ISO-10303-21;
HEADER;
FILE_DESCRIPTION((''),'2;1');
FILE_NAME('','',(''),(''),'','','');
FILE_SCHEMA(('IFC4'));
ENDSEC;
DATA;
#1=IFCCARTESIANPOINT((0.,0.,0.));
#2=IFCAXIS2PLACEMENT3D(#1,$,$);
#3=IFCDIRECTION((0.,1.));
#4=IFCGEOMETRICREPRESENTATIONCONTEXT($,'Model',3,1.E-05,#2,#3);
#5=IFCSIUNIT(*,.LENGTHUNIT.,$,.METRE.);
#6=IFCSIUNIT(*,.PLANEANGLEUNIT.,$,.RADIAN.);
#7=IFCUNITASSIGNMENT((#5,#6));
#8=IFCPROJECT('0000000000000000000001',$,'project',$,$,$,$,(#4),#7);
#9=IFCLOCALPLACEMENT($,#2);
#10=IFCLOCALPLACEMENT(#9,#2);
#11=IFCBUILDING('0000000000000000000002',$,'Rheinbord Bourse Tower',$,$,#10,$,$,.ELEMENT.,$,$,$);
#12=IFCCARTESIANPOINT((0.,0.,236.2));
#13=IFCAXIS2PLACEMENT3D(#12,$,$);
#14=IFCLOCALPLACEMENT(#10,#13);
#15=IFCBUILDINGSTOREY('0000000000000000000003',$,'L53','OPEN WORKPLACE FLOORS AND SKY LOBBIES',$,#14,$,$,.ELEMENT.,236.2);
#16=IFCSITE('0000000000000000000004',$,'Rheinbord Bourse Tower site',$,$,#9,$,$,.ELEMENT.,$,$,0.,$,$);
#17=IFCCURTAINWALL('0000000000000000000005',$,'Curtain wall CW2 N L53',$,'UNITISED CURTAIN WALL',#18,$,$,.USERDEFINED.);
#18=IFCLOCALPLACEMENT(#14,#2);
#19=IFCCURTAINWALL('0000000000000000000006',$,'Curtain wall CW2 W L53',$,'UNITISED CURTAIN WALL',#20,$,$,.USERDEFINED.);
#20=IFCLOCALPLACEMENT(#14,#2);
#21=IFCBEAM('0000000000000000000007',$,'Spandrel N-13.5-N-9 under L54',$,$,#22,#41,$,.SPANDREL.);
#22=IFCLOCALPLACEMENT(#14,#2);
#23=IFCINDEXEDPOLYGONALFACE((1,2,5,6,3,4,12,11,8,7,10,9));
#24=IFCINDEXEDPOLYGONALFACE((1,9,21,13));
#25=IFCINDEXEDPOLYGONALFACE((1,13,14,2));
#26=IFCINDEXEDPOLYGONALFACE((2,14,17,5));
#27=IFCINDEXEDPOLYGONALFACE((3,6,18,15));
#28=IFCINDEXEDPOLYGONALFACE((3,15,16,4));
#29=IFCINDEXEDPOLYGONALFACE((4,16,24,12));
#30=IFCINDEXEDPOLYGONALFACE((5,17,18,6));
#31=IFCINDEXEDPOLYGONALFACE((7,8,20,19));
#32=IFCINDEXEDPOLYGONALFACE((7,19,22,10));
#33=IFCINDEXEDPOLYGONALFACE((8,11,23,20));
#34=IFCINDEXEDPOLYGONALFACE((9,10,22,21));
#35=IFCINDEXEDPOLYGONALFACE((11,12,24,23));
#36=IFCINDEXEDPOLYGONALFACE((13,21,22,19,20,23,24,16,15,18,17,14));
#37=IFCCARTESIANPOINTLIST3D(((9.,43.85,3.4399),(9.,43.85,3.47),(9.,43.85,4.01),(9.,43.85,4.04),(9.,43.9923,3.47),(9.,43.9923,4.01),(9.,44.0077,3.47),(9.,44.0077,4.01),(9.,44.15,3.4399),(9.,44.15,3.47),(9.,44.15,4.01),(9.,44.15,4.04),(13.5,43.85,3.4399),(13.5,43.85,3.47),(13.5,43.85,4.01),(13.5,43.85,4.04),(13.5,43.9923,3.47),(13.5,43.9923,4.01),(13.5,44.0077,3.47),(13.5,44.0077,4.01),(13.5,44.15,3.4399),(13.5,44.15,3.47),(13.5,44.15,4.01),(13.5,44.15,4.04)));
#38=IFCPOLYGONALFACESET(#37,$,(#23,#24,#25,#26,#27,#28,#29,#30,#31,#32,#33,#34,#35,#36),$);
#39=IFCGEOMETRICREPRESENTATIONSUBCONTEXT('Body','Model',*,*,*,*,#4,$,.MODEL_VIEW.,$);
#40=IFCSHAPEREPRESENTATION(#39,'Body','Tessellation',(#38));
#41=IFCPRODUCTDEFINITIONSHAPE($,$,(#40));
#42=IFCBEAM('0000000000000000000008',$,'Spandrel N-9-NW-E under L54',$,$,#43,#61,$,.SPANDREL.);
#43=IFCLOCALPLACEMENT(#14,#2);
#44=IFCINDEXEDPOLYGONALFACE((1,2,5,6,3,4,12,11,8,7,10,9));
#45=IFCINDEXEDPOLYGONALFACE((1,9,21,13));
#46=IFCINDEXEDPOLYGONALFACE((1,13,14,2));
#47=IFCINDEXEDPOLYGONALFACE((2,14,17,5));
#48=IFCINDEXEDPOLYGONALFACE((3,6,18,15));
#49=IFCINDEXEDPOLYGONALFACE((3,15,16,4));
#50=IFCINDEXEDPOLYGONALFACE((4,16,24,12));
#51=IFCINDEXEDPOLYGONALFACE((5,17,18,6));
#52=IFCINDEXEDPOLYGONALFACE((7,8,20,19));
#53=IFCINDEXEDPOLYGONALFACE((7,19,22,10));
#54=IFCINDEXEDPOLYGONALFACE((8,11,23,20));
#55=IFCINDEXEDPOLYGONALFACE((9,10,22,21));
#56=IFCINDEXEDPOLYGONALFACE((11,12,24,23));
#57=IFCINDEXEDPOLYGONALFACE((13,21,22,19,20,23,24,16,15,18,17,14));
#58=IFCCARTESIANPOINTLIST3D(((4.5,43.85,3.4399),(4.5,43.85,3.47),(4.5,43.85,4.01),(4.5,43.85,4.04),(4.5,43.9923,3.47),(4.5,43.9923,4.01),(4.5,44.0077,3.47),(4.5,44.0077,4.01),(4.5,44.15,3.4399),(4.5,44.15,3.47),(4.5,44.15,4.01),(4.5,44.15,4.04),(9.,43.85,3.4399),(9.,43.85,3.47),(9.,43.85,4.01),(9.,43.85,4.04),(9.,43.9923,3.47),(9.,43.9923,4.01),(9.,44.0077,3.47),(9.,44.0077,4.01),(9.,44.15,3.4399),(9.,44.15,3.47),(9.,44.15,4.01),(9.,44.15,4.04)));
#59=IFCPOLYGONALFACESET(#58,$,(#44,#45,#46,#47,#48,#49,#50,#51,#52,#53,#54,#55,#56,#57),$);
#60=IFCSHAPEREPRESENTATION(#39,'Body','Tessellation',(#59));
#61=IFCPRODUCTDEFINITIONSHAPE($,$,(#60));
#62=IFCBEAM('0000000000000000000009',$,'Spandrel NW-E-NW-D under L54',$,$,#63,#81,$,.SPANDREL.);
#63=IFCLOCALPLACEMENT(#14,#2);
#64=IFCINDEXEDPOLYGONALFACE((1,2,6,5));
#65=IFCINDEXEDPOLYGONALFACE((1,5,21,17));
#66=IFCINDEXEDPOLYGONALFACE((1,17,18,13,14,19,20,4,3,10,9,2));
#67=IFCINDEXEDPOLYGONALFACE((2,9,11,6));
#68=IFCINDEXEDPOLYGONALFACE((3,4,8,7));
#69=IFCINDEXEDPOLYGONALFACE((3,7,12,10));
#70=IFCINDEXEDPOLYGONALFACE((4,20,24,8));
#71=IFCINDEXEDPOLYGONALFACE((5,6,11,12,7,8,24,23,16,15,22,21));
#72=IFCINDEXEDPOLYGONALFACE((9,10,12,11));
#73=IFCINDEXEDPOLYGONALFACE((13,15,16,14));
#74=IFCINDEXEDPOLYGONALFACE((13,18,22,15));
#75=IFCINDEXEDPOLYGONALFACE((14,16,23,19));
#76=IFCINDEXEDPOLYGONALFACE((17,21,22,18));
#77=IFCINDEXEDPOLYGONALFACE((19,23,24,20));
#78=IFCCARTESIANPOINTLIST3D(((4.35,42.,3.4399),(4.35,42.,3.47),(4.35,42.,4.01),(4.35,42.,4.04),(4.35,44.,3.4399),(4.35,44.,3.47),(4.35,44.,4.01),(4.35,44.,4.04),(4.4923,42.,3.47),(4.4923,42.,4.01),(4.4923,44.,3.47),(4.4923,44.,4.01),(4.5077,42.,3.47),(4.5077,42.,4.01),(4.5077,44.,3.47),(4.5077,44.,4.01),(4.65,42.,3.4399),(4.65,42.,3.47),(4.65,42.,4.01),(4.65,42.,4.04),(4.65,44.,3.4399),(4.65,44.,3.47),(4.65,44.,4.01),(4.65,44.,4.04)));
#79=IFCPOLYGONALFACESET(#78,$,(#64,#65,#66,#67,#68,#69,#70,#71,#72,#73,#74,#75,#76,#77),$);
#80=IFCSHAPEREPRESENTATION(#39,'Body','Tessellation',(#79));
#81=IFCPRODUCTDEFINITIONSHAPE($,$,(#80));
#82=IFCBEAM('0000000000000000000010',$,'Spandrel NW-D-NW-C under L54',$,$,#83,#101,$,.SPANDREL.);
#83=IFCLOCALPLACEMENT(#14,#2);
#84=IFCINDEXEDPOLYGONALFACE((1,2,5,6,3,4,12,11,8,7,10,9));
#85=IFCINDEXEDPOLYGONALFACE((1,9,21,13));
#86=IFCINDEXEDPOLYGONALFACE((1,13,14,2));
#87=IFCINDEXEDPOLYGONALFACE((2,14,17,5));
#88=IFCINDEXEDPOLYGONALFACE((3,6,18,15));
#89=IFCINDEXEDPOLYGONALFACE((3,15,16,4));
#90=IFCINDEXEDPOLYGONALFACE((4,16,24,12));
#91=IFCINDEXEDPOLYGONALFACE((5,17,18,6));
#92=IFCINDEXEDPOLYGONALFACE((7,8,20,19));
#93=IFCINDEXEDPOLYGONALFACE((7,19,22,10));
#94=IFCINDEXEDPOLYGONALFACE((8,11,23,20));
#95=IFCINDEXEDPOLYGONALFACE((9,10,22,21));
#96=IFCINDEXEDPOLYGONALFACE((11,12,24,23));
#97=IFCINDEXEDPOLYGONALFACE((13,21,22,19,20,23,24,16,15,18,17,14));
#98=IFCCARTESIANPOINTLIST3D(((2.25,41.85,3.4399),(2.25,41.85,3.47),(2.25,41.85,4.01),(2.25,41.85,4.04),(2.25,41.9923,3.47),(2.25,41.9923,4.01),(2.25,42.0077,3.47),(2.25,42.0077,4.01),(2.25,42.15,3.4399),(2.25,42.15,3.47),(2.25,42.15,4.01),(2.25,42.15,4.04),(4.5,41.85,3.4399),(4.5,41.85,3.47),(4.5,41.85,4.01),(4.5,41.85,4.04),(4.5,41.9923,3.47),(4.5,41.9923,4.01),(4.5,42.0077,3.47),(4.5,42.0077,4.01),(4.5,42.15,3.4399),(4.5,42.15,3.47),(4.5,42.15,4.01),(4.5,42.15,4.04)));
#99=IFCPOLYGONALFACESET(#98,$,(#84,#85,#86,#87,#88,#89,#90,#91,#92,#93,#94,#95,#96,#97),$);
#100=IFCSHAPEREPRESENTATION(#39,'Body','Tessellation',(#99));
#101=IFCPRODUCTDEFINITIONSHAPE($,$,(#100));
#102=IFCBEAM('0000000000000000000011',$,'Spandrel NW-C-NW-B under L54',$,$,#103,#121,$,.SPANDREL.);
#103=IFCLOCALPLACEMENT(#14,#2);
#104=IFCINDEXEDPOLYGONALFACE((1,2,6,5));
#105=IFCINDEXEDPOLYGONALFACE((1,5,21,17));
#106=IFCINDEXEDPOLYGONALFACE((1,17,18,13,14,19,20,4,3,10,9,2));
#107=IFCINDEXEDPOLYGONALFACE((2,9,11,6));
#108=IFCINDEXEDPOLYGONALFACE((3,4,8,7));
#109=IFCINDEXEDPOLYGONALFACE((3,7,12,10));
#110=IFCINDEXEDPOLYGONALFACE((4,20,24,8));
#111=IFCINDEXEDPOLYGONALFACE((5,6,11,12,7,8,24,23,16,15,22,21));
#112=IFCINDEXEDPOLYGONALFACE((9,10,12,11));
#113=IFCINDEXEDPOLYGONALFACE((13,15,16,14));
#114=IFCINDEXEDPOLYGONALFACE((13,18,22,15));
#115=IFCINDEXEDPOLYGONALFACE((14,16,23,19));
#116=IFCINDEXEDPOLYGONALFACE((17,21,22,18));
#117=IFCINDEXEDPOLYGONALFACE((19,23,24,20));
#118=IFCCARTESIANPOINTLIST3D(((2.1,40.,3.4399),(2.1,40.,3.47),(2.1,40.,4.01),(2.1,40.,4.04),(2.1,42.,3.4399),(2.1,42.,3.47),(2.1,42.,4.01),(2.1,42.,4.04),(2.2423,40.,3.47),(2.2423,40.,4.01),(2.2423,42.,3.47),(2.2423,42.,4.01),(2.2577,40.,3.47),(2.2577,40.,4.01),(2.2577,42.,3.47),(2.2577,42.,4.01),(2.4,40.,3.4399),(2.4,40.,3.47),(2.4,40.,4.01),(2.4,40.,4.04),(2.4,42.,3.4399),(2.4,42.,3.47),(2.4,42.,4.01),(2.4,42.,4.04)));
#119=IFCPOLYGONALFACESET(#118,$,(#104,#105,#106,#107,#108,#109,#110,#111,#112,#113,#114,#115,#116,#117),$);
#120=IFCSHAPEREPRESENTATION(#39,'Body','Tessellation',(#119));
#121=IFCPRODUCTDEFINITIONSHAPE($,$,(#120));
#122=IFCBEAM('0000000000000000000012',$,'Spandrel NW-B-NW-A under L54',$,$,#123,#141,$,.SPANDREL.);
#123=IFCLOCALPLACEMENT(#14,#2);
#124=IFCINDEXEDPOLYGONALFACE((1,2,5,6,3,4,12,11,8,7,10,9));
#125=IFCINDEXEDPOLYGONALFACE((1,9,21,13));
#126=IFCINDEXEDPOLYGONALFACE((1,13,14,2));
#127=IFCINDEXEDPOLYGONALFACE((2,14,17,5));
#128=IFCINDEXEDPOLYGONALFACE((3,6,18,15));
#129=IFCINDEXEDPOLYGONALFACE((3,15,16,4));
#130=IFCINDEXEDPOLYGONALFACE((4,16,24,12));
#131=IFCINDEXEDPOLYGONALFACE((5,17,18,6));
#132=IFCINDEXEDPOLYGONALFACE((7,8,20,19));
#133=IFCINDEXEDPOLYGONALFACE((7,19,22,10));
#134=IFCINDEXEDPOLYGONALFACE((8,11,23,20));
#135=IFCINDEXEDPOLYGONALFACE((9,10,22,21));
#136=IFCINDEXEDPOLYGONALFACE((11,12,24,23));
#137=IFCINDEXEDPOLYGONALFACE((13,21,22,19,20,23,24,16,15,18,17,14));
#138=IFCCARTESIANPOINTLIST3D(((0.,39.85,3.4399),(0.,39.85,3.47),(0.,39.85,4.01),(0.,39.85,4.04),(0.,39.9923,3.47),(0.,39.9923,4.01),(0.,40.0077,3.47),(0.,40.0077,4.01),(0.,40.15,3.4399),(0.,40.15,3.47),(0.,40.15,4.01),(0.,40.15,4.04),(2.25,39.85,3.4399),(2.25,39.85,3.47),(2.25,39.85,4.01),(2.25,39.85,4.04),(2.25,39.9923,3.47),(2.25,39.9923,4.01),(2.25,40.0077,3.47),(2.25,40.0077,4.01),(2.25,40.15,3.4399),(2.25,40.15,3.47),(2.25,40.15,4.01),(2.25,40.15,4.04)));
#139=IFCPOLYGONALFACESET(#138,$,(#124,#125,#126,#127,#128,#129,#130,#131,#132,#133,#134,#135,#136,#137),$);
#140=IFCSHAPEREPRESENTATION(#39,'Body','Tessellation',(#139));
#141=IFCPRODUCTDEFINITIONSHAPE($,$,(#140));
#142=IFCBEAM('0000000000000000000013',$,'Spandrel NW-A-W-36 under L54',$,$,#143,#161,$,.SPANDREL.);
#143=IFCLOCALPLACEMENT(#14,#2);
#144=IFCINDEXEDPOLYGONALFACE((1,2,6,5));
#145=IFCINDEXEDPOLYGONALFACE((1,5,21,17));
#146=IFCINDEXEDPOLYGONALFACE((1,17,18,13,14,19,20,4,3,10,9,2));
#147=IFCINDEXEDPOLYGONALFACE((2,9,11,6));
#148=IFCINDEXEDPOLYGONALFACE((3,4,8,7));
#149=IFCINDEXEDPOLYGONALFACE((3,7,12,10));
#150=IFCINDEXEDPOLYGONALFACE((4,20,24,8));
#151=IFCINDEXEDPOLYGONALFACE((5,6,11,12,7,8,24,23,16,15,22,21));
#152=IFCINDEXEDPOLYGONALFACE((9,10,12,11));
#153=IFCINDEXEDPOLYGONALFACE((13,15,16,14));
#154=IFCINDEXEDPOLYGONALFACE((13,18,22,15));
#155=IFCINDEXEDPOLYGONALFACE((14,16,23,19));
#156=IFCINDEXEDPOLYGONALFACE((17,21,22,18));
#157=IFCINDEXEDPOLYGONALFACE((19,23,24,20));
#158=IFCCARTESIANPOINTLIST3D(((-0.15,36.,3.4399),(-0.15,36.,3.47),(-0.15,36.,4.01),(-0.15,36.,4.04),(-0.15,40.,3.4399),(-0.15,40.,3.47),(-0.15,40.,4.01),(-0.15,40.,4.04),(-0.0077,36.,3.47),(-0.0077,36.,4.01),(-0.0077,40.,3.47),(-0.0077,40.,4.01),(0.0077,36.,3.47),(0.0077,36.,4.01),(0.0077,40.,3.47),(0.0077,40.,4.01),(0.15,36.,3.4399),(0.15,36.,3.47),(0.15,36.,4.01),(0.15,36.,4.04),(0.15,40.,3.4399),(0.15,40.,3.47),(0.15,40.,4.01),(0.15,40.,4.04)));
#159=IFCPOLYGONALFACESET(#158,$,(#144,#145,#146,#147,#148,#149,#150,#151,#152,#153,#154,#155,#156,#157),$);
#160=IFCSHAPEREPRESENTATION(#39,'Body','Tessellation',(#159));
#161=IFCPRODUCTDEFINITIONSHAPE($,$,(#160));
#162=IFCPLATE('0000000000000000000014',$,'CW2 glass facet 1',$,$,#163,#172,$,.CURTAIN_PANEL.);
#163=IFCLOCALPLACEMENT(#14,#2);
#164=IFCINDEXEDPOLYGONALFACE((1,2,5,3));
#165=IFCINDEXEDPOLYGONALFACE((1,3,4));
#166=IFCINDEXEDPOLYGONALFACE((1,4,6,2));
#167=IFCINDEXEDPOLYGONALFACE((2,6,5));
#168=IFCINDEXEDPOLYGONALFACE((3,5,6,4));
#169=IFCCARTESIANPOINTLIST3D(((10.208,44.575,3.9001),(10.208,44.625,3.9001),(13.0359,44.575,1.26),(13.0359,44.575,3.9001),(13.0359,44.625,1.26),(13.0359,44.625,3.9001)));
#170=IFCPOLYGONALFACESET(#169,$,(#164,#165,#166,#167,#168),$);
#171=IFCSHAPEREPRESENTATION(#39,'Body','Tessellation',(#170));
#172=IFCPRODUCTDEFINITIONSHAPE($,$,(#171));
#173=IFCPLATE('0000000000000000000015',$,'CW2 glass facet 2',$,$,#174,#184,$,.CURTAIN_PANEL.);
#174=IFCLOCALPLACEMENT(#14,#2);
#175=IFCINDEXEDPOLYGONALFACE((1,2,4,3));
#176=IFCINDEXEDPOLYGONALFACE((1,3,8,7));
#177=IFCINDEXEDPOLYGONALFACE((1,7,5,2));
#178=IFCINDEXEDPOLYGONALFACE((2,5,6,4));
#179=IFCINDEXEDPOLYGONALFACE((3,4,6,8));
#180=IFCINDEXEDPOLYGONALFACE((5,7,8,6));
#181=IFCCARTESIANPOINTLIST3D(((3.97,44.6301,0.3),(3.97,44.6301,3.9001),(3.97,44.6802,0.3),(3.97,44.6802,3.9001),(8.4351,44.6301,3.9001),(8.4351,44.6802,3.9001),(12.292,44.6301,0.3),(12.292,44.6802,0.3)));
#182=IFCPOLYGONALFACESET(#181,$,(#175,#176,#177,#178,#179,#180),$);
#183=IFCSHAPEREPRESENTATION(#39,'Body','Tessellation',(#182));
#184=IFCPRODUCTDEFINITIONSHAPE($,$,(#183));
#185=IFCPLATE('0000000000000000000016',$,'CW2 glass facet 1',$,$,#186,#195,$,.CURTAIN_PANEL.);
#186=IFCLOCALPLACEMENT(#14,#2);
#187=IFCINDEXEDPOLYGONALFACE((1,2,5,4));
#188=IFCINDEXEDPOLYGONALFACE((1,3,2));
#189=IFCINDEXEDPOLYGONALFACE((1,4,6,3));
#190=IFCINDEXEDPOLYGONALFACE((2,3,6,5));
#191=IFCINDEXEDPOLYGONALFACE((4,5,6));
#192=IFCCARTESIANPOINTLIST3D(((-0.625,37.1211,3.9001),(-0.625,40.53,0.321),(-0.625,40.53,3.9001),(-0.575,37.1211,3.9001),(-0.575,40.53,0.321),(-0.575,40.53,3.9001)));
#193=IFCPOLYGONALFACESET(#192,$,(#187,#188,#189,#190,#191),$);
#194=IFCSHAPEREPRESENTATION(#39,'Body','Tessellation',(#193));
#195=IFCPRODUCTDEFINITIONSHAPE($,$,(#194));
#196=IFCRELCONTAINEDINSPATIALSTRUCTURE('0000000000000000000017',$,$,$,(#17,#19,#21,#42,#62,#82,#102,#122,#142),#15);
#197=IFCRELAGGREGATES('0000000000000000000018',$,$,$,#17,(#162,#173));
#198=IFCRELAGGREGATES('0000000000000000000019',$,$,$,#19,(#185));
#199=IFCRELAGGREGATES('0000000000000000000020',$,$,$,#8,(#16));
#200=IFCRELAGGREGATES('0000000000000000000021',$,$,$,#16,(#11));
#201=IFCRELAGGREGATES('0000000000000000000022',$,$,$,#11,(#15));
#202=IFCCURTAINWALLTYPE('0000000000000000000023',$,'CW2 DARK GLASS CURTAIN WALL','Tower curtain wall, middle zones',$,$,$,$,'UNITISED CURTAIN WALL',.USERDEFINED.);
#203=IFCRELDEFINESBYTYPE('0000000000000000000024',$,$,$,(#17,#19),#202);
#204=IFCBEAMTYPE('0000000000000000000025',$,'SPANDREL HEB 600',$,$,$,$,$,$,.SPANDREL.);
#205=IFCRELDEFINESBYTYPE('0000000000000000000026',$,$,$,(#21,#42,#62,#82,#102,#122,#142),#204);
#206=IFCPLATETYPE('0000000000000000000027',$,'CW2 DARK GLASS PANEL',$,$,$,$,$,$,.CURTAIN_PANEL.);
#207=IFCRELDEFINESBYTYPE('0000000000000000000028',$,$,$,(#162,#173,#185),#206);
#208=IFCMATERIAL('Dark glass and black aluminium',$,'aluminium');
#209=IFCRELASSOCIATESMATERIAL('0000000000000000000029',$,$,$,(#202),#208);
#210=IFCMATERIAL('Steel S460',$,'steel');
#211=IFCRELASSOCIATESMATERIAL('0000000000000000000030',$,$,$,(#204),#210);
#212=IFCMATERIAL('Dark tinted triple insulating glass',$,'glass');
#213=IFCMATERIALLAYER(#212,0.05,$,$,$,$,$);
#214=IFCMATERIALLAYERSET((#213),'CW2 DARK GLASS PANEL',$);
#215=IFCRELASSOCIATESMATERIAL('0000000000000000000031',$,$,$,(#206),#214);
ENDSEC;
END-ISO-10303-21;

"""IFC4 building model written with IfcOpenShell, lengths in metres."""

from ifc_helpers import new_model, si_unit, direction, frame, origin, origin_2d, place, context, subcontext, project, spatial, polyline, i_section, outline, extrude, material, layer, layer_set, material_profile, profile_set, type_object, element, aggregate, save


model = new_model("IFC4")

# Units and contexts
model_context = context("Model", 3, precision=1e-05, world=origin(), true_north=direction((0.0, 1.0)))
body_context = subcontext(model_context, "Body", "Model", "MODEL_VIEW")
ifc_project = project(units=[si_unit("LENGTHUNIT", "METRE"), si_unit("PLANEANGLEUNIT", "RADIAN")], contexts=[model_context])

# Site, building, storey
site_placement = place(None, origin())
site = spatial("IfcSite", under=ifc_project, at=site_placement, Name="Rheinbord Bourse Tower site", CompositionType="ELEMENT", RefElevation=0.0)
building_placement = place(site_placement, origin())
building = spatial("IfcBuilding", under=site, at=building_placement, Name="Rheinbord Bourse Tower", CompositionType="ELEMENT")
storey_placement = place(building_placement, frame((0.0, 0.0, 236.2)))
storey = spatial("IfcBuildingStorey", under=building, at=storey_placement, Name="L53", Description="OPEN WORKPLACE FLOORS AND SKY LOBBIES", CompositionType="ELEMENT", Elevation=236.2)

# Curtain wall
ifc_material_1 = material(Name="Dark glass and black aluminium", Category="aluminium")
curtain_wall_type = type_object("IfcCurtainWallType", Name="CW2 DARK GLASS CURTAIN WALL", Description="Tower curtain wall, middle zones", ElementType="UNITISED CURTAIN WALL", PredefinedType="USERDEFINED", material=ifc_material_1)
curtain_wall_1_placement = place(storey_placement, origin())
curtain_wall_1 = element("IfcCurtainWall", 1, at=curtain_wall_1_placement, inside=storey, type_object=curtain_wall_type, Name="Curtain wall CW2 N L53", ObjectType="UNITISED CURTAIN WALL", PredefinedType="USERDEFINED")

# Curtain wall
curtain_wall_2_placement = place(storey_placement, origin())
curtain_wall_2 = element("IfcCurtainWall", 2, at=curtain_wall_2_placement, inside=storey, type_object=curtain_wall_type, Name="Curtain wall CW2 W L53", ObjectType="UNITISED CURTAIN WALL", PredefinedType="USERDEFINED")

# Beams
ifc_material_2 = material(Name="Steel S460", Category="steel")
ifc_material_profile_1 = material_profile(ifc_material_2, i_section(OverallWidth=0.3, OverallDepth=0.6001, WebThickness=0.0154, FlangeThickness=0.03, at=origin_2d()), Name="HEB 600")
ifc_profile_set_1 = profile_set([ifc_material_profile_1], Name="Steel S460")
beam_type_1 = type_object("IfcBeamType", Name="SPANDREL HEB 600", PredefinedType="SPANDREL", material=ifc_profile_set_1)
for number, where, z_axis, x_axis, name in (
    (3, (13.5, 44.0, 3.74), (-1.0, 0.0, 0.0), (0.0, -1.0, 0.0), "Spandrel N-13.5-N-9 under L54"),
    (4, (9.0, 44.0, 3.74), (-1.0, 0.0, 0.0), (0.0, -1.0, 0.0), "Spandrel N-9-NW-E under L54"),
):
    element("IfcBeam", number, at=place(storey_placement, frame(where, z_axis=z_axis, x_axis=x_axis)), inside=storey, type_object=beam_type_1, Name=name, PredefinedType="SPANDREL", context=body_context, shape_type="SweptSolid", body=[
        extrude(i_section(OverallWidth=0.3, OverallDepth=0.6001, WebThickness=0.0154, FlangeThickness=0.03, at=origin_2d()), origin(), (0.0, 0.0, 1.0), 4.5),
    ])
beam_1_placement = place(storey_placement, frame((4.5, 44.0, 3.74), z_axis=(0.0, -1.0, 0.0), x_axis=(1.0, 0.0, 0.0)))
element("IfcBeam", 5, at=beam_1_placement, inside=storey, type_object=beam_type_1, Name="Spandrel NW-E-NW-D under L54", PredefinedType="SPANDREL", context=body_context, shape_type="SweptSolid", body=[
    extrude(i_section(OverallWidth=0.3, OverallDepth=0.6001, WebThickness=0.0154, FlangeThickness=0.03, at=origin_2d()), origin(), (0.0, 0.0, 1.0), 2.0),
])
beam_2_placement = place(storey_placement, frame((4.5, 42.0, 3.74), z_axis=(-1.0, 0.0, 0.0), x_axis=(0.0, -1.0, 0.0)))
element("IfcBeam", 6, at=beam_2_placement, inside=storey, type_object=beam_type_1, Name="Spandrel NW-D-NW-C under L54", PredefinedType="SPANDREL", context=body_context, shape_type="SweptSolid", body=[
    extrude(i_section(OverallWidth=0.3, OverallDepth=0.6001, WebThickness=0.0154, FlangeThickness=0.03, at=origin_2d()), origin(), (0.0, 0.0, 1.0), 2.25),
])
beam_3_placement = place(storey_placement, frame((2.25, 42.0, 3.74), z_axis=(0.0, -1.0, 0.0), x_axis=(1.0, 0.0, 0.0)))
element("IfcBeam", 7, at=beam_3_placement, inside=storey, type_object=beam_type_1, Name="Spandrel NW-C-NW-B under L54", PredefinedType="SPANDREL", context=body_context, shape_type="SweptSolid", body=[
    extrude(i_section(OverallWidth=0.3, OverallDepth=0.6001, WebThickness=0.0154, FlangeThickness=0.03, at=origin_2d()), origin(), (0.0, 0.0, 1.0), 2.0),
])
beam_4_placement = place(storey_placement, frame((2.25, 40.0, 3.74), z_axis=(-1.0, 0.0, 0.0), x_axis=(0.0, -1.0, 0.0)))
element("IfcBeam", 8, at=beam_4_placement, inside=storey, type_object=beam_type_1, Name="Spandrel NW-B-NW-A under L54", PredefinedType="SPANDREL", context=body_context, shape_type="SweptSolid", body=[
    extrude(i_section(OverallWidth=0.3, OverallDepth=0.6001, WebThickness=0.0154, FlangeThickness=0.03, at=origin_2d()), origin(), (0.0, 0.0, 1.0), 2.25),
])
beam_5_placement = place(storey_placement, frame((0.0, 40.0, 3.74), z_axis=(0.0, -1.0, 0.0), x_axis=(1.0, 0.0, 0.0)))
element("IfcBeam", 9, at=beam_5_placement, inside=storey, type_object=beam_type_1, Name="Spandrel NW-A-W-36 under L54", PredefinedType="SPANDREL", context=body_context, shape_type="SweptSolid", body=[
    extrude(i_section(OverallWidth=0.3, OverallDepth=0.6001, WebThickness=0.0154, FlangeThickness=0.03, at=origin_2d()), origin(), (0.0, 0.0, 1.0), 4.0),
])

# Plates
ifc_material_3 = material(Name="Dark tinted triple insulating glass", Category="glass")
ifc_layer_1 = layer(ifc_material_3, 0.05)
ifc_layer_set_1 = layer_set([ifc_layer_1], Name="CW2 DARK GLASS PANEL")
plate_type = type_object("IfcPlateType", Name="CW2 DARK GLASS PANEL", PredefinedType="CURTAIN_PANEL", material=ifc_layer_set_1)
plate_1_placement = place(storey_placement, frame((13.0359, 44.625, 3.9001), z_axis=(0.0, -1.0, 0.0), x_axis=(-1.0, 0.0, 0.0)))
plate_1 = element("IfcPlate", 10, at=plate_1_placement, type_object=plate_type, Name="CW2 glass facet 1", PredefinedType="CURTAIN_PANEL", context=body_context, shape_type="SweptSolid", body=[
    extrude(outline(polyline([(0.0, 0.0), (2.8279, 0.0), (0.0, 2.6401), (0.0, 0.0)])), origin(), (0.0, 0.0, 1.0), 0.05),
])
plate_2_placement = place(storey_placement, frame((3.97, 44.6802, 3.9001), z_axis=(0.0, -1.0, 0.0), x_axis=(0.0, 0.0, -1.0)))
plate_2 = element("IfcPlate", 11, at=plate_2_placement, type_object=plate_type, Name="CW2 glass facet 2", PredefinedType="CURTAIN_PANEL", context=body_context, shape_type="SweptSolid", body=[
    extrude(outline(polyline([(0.0, 0.0), (3.6001, 0.0), (3.6001, 8.322), (0.0, 4.4651), (0.0, 0.0)])), origin(), (0.0, 0.0, 1.0), 0.05),
])
aggregate(curtain_wall_1, [plate_1, plate_2])
plate_3_placement = place(storey_placement, frame((-0.625, 40.53, 3.9001), z_axis=(1.0, 0.0, 0.0), x_axis=(0.0, -1.0, 0.0)))
plate_3 = element("IfcPlate", 12, at=plate_3_placement, type_object=plate_type, Name="CW2 glass facet 1", PredefinedType="CURTAIN_PANEL", context=body_context, shape_type="SweptSolid", body=[
    extrude(outline(polyline([(0.0, 0.0), (3.4089, 0.0), (0.0, 3.5791), (0.0, 0.0)])), origin(), (0.0, 0.0, 1.0), 0.05),
])
aggregate(curtain_wall_2, [plate_3])

save(model, "model.ifc")
